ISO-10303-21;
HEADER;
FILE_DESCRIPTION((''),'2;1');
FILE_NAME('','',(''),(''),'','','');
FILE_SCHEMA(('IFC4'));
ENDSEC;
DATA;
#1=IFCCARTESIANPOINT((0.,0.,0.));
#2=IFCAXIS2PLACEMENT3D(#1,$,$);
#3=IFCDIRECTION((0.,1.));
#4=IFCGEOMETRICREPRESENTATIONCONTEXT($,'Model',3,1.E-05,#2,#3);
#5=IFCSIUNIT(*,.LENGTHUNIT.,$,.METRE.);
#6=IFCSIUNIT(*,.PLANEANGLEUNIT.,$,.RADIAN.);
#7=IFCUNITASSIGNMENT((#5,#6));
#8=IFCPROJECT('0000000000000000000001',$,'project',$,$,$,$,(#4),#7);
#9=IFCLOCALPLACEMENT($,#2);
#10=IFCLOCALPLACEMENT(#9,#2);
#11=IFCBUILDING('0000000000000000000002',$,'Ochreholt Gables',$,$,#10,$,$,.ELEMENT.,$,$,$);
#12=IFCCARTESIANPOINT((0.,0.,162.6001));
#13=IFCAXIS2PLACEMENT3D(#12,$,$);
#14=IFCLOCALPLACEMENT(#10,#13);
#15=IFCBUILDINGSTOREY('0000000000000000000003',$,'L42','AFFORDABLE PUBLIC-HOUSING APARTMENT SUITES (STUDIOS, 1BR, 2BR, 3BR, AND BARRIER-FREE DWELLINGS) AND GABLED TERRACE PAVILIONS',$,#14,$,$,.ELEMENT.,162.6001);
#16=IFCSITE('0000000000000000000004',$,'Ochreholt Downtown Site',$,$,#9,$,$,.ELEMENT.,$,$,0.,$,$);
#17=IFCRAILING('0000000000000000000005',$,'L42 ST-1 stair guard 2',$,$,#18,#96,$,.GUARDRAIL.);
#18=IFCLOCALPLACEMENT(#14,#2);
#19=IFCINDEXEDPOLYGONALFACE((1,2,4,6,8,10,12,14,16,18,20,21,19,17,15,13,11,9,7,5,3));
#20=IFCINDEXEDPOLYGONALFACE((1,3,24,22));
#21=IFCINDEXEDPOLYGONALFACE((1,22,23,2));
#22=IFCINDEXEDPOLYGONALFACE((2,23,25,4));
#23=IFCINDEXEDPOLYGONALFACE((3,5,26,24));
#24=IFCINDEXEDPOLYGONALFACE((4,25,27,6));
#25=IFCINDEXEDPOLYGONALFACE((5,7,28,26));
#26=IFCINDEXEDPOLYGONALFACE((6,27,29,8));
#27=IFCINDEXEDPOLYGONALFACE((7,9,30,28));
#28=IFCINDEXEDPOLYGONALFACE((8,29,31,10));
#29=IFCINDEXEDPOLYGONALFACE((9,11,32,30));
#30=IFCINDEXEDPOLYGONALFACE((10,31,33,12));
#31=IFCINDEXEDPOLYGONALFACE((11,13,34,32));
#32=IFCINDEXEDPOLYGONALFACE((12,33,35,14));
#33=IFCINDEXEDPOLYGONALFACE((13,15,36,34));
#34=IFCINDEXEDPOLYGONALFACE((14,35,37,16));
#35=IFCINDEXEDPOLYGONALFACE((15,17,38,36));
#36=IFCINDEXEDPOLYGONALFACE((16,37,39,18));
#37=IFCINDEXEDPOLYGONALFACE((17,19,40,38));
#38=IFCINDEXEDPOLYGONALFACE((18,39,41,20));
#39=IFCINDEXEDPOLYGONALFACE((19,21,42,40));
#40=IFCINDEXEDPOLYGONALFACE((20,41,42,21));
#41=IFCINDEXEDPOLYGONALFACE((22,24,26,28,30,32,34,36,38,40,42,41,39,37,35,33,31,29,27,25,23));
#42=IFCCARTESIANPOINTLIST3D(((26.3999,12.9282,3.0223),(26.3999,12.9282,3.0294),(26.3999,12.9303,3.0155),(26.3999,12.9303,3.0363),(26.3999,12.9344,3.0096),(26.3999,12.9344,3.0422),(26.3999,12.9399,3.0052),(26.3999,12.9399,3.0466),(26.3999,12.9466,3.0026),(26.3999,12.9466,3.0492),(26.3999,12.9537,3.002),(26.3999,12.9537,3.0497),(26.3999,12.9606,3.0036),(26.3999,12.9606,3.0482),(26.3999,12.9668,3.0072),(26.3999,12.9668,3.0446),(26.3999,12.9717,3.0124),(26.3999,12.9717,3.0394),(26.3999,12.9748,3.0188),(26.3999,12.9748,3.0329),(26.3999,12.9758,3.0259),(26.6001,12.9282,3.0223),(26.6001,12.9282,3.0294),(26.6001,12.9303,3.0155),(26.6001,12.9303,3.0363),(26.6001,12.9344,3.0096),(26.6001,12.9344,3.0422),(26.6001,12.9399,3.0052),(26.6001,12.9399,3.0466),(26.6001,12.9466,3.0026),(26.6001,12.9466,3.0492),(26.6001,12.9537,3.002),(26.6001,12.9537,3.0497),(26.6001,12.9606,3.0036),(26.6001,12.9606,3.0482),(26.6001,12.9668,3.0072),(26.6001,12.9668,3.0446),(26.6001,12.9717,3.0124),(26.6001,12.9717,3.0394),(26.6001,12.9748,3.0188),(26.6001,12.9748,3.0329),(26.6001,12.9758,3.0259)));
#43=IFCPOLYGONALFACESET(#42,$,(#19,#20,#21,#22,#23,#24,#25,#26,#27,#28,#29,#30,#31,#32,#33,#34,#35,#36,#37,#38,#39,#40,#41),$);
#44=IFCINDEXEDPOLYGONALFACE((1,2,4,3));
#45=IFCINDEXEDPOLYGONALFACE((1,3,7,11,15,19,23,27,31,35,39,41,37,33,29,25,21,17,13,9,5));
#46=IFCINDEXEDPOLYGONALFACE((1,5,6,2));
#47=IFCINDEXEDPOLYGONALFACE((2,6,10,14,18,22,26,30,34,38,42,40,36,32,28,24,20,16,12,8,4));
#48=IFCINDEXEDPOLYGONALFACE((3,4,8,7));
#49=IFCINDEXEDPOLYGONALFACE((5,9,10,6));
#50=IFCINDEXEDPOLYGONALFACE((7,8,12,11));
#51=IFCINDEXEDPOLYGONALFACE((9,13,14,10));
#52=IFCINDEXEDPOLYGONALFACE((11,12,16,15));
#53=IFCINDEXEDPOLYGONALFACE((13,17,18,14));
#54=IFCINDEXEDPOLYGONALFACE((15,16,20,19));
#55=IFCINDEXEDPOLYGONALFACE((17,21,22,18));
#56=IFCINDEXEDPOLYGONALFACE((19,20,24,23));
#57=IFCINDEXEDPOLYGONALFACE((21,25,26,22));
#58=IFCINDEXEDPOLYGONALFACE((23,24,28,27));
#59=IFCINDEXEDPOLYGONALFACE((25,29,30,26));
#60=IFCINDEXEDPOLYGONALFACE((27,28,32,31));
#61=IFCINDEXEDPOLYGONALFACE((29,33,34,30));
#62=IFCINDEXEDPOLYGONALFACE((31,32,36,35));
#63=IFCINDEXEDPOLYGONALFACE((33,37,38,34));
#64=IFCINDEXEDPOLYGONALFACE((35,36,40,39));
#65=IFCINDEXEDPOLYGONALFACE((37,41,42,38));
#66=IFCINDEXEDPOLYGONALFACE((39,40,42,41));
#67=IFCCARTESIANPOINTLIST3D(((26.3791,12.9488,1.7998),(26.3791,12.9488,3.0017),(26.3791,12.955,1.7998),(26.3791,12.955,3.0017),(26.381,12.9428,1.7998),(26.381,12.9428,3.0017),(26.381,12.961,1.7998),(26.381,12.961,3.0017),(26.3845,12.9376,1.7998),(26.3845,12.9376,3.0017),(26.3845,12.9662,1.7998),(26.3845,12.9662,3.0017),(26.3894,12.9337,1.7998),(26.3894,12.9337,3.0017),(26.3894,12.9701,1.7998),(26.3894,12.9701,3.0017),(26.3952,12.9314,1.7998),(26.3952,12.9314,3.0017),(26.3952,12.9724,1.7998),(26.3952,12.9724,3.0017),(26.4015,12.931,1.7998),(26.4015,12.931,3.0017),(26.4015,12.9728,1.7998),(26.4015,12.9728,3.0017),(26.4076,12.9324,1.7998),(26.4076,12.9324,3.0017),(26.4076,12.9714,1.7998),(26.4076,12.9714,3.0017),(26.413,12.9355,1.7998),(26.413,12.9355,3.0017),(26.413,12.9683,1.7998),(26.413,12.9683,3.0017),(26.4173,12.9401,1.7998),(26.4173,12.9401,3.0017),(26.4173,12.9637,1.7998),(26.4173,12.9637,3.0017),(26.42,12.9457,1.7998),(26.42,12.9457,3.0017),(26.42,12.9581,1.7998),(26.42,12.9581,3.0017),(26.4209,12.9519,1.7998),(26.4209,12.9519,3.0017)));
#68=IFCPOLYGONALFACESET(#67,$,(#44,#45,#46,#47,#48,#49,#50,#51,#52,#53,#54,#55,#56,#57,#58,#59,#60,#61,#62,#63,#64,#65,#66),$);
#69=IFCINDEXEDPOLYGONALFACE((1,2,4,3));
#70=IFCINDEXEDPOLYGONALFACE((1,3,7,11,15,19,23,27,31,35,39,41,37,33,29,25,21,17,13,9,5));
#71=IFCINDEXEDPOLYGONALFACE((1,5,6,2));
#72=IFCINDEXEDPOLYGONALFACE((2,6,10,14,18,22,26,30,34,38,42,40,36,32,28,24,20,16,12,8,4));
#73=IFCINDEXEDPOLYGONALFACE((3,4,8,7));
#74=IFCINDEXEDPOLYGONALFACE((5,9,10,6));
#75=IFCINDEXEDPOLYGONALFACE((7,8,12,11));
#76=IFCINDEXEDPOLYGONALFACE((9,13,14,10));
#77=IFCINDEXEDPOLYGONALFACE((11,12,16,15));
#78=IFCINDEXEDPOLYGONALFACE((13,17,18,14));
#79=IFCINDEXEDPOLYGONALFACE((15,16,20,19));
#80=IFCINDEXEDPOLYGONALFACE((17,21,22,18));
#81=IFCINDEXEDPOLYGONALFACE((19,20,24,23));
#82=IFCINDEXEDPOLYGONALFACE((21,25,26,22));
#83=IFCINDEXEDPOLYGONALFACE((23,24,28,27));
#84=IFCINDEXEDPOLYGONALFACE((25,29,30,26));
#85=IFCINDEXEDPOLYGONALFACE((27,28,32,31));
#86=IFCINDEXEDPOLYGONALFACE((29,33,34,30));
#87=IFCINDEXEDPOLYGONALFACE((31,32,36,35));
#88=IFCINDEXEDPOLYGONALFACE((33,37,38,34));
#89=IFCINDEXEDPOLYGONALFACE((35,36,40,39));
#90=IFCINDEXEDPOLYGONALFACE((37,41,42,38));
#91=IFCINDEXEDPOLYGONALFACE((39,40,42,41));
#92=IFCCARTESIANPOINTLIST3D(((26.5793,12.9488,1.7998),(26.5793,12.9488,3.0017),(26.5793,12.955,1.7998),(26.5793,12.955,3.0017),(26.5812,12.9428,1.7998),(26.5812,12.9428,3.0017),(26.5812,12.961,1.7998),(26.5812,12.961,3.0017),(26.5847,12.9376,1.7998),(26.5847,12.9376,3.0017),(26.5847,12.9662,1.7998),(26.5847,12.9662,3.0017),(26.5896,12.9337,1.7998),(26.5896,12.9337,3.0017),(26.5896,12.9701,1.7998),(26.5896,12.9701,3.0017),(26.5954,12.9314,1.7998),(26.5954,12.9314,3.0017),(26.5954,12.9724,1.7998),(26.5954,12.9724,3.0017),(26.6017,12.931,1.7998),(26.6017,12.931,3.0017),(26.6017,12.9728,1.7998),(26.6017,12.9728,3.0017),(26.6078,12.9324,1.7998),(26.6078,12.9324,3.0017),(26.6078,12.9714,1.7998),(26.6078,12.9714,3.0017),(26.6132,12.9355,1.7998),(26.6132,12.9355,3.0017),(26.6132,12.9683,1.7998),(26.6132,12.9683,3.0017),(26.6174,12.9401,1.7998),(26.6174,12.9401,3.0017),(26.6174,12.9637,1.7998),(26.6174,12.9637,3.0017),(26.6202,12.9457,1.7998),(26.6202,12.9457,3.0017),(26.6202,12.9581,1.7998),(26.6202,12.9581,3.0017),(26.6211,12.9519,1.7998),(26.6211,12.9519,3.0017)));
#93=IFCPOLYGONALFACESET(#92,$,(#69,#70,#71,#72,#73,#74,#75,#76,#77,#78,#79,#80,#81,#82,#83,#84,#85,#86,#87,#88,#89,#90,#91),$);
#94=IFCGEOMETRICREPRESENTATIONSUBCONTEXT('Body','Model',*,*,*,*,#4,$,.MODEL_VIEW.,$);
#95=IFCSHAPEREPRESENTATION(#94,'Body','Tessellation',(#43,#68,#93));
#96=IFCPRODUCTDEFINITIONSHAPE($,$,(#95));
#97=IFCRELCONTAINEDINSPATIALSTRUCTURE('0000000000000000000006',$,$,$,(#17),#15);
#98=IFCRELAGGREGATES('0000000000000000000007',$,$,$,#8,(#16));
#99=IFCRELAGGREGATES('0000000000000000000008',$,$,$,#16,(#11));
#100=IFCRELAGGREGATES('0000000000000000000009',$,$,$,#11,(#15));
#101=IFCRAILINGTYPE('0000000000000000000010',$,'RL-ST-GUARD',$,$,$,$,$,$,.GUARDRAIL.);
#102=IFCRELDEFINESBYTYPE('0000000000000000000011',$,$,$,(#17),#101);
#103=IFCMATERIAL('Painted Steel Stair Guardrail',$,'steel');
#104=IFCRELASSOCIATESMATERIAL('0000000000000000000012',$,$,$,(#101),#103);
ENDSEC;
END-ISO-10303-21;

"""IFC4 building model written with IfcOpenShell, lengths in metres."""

from ifc_helpers import new_model, si_unit, direction, frame, origin, origin_2d, place, context, subcontext, project, spatial, circle, extrude, material, type_object, element, save


model = new_model("IFC4")

# Units and contexts
model_context = context("Model", 3, precision=1e-05, world=origin(), true_north=direction((0.0, 1.0)))
body_context = subcontext(model_context, "Body", "Model", "MODEL_VIEW")
ifc_project = project(units=[si_unit("LENGTHUNIT", "METRE"), si_unit("PLANEANGLEUNIT", "RADIAN")], contexts=[model_context])

# Site, building, storey
site_placement = place(None, origin())
site = spatial("IfcSite", under=ifc_project, at=site_placement, Name="Ochreholt Downtown Site", CompositionType="ELEMENT", RefElevation=0.0)
building_placement = place(site_placement, origin())
building = spatial("IfcBuilding", under=site, at=building_placement, Name="Ochreholt Gables", CompositionType="ELEMENT")
storey_placement = place(building_placement, frame((0.0, 0.0, 162.6001)))
storey = spatial("IfcBuildingStorey", under=building, at=storey_placement, Name="L42", Description="AFFORDABLE PUBLIC-HOUSING APARTMENT SUITES (STUDIOS, 1BR, 2BR, 3BR, AND BARRIER-FREE DWELLINGS) AND GABLED TERRACE PAVILIONS", CompositionType="ELEMENT", Elevation=162.6001)

# Railing
ifc_material_1 = material(Name="Painted Steel Stair Guardrail", Category="steel")
railing_type_1 = type_object("IfcRailingType", Name="RL-ST-GUARD", PredefinedType="GUARDRAIL", material=ifc_material_1)
railing_1_placement = place(storey_placement, frame((26.3999, 12.9519, 1.7998)))
element("IfcRailing", 1, at=railing_1_placement, inside=storey, type_object=railing_type_1, Name="L42 ST-1 stair guard 2", PredefinedType="GUARDRAIL", context=body_context, shape_type="SweptSolid", body=[
    extrude(circle(Radius=0.0239, at=origin_2d()), frame((0.0, 0.0, 1.2261), z_axis=(1.0, 0.0, 0.0), x_axis=(0.0, 1.0, 0.0)), (0.0, 0.0, 1.0), 0.2002),
    extrude(circle(Radius=0.021, at=origin_2d()), origin(), (0.0, 0.0, 1.0), 1.2019),
    extrude(circle(Radius=0.021, at=origin_2d()), frame((0.2002, 0.0, 0.0)), (0.0, 0.0, 1.0), 1.2019),
])

save(model, "model.ifc")
